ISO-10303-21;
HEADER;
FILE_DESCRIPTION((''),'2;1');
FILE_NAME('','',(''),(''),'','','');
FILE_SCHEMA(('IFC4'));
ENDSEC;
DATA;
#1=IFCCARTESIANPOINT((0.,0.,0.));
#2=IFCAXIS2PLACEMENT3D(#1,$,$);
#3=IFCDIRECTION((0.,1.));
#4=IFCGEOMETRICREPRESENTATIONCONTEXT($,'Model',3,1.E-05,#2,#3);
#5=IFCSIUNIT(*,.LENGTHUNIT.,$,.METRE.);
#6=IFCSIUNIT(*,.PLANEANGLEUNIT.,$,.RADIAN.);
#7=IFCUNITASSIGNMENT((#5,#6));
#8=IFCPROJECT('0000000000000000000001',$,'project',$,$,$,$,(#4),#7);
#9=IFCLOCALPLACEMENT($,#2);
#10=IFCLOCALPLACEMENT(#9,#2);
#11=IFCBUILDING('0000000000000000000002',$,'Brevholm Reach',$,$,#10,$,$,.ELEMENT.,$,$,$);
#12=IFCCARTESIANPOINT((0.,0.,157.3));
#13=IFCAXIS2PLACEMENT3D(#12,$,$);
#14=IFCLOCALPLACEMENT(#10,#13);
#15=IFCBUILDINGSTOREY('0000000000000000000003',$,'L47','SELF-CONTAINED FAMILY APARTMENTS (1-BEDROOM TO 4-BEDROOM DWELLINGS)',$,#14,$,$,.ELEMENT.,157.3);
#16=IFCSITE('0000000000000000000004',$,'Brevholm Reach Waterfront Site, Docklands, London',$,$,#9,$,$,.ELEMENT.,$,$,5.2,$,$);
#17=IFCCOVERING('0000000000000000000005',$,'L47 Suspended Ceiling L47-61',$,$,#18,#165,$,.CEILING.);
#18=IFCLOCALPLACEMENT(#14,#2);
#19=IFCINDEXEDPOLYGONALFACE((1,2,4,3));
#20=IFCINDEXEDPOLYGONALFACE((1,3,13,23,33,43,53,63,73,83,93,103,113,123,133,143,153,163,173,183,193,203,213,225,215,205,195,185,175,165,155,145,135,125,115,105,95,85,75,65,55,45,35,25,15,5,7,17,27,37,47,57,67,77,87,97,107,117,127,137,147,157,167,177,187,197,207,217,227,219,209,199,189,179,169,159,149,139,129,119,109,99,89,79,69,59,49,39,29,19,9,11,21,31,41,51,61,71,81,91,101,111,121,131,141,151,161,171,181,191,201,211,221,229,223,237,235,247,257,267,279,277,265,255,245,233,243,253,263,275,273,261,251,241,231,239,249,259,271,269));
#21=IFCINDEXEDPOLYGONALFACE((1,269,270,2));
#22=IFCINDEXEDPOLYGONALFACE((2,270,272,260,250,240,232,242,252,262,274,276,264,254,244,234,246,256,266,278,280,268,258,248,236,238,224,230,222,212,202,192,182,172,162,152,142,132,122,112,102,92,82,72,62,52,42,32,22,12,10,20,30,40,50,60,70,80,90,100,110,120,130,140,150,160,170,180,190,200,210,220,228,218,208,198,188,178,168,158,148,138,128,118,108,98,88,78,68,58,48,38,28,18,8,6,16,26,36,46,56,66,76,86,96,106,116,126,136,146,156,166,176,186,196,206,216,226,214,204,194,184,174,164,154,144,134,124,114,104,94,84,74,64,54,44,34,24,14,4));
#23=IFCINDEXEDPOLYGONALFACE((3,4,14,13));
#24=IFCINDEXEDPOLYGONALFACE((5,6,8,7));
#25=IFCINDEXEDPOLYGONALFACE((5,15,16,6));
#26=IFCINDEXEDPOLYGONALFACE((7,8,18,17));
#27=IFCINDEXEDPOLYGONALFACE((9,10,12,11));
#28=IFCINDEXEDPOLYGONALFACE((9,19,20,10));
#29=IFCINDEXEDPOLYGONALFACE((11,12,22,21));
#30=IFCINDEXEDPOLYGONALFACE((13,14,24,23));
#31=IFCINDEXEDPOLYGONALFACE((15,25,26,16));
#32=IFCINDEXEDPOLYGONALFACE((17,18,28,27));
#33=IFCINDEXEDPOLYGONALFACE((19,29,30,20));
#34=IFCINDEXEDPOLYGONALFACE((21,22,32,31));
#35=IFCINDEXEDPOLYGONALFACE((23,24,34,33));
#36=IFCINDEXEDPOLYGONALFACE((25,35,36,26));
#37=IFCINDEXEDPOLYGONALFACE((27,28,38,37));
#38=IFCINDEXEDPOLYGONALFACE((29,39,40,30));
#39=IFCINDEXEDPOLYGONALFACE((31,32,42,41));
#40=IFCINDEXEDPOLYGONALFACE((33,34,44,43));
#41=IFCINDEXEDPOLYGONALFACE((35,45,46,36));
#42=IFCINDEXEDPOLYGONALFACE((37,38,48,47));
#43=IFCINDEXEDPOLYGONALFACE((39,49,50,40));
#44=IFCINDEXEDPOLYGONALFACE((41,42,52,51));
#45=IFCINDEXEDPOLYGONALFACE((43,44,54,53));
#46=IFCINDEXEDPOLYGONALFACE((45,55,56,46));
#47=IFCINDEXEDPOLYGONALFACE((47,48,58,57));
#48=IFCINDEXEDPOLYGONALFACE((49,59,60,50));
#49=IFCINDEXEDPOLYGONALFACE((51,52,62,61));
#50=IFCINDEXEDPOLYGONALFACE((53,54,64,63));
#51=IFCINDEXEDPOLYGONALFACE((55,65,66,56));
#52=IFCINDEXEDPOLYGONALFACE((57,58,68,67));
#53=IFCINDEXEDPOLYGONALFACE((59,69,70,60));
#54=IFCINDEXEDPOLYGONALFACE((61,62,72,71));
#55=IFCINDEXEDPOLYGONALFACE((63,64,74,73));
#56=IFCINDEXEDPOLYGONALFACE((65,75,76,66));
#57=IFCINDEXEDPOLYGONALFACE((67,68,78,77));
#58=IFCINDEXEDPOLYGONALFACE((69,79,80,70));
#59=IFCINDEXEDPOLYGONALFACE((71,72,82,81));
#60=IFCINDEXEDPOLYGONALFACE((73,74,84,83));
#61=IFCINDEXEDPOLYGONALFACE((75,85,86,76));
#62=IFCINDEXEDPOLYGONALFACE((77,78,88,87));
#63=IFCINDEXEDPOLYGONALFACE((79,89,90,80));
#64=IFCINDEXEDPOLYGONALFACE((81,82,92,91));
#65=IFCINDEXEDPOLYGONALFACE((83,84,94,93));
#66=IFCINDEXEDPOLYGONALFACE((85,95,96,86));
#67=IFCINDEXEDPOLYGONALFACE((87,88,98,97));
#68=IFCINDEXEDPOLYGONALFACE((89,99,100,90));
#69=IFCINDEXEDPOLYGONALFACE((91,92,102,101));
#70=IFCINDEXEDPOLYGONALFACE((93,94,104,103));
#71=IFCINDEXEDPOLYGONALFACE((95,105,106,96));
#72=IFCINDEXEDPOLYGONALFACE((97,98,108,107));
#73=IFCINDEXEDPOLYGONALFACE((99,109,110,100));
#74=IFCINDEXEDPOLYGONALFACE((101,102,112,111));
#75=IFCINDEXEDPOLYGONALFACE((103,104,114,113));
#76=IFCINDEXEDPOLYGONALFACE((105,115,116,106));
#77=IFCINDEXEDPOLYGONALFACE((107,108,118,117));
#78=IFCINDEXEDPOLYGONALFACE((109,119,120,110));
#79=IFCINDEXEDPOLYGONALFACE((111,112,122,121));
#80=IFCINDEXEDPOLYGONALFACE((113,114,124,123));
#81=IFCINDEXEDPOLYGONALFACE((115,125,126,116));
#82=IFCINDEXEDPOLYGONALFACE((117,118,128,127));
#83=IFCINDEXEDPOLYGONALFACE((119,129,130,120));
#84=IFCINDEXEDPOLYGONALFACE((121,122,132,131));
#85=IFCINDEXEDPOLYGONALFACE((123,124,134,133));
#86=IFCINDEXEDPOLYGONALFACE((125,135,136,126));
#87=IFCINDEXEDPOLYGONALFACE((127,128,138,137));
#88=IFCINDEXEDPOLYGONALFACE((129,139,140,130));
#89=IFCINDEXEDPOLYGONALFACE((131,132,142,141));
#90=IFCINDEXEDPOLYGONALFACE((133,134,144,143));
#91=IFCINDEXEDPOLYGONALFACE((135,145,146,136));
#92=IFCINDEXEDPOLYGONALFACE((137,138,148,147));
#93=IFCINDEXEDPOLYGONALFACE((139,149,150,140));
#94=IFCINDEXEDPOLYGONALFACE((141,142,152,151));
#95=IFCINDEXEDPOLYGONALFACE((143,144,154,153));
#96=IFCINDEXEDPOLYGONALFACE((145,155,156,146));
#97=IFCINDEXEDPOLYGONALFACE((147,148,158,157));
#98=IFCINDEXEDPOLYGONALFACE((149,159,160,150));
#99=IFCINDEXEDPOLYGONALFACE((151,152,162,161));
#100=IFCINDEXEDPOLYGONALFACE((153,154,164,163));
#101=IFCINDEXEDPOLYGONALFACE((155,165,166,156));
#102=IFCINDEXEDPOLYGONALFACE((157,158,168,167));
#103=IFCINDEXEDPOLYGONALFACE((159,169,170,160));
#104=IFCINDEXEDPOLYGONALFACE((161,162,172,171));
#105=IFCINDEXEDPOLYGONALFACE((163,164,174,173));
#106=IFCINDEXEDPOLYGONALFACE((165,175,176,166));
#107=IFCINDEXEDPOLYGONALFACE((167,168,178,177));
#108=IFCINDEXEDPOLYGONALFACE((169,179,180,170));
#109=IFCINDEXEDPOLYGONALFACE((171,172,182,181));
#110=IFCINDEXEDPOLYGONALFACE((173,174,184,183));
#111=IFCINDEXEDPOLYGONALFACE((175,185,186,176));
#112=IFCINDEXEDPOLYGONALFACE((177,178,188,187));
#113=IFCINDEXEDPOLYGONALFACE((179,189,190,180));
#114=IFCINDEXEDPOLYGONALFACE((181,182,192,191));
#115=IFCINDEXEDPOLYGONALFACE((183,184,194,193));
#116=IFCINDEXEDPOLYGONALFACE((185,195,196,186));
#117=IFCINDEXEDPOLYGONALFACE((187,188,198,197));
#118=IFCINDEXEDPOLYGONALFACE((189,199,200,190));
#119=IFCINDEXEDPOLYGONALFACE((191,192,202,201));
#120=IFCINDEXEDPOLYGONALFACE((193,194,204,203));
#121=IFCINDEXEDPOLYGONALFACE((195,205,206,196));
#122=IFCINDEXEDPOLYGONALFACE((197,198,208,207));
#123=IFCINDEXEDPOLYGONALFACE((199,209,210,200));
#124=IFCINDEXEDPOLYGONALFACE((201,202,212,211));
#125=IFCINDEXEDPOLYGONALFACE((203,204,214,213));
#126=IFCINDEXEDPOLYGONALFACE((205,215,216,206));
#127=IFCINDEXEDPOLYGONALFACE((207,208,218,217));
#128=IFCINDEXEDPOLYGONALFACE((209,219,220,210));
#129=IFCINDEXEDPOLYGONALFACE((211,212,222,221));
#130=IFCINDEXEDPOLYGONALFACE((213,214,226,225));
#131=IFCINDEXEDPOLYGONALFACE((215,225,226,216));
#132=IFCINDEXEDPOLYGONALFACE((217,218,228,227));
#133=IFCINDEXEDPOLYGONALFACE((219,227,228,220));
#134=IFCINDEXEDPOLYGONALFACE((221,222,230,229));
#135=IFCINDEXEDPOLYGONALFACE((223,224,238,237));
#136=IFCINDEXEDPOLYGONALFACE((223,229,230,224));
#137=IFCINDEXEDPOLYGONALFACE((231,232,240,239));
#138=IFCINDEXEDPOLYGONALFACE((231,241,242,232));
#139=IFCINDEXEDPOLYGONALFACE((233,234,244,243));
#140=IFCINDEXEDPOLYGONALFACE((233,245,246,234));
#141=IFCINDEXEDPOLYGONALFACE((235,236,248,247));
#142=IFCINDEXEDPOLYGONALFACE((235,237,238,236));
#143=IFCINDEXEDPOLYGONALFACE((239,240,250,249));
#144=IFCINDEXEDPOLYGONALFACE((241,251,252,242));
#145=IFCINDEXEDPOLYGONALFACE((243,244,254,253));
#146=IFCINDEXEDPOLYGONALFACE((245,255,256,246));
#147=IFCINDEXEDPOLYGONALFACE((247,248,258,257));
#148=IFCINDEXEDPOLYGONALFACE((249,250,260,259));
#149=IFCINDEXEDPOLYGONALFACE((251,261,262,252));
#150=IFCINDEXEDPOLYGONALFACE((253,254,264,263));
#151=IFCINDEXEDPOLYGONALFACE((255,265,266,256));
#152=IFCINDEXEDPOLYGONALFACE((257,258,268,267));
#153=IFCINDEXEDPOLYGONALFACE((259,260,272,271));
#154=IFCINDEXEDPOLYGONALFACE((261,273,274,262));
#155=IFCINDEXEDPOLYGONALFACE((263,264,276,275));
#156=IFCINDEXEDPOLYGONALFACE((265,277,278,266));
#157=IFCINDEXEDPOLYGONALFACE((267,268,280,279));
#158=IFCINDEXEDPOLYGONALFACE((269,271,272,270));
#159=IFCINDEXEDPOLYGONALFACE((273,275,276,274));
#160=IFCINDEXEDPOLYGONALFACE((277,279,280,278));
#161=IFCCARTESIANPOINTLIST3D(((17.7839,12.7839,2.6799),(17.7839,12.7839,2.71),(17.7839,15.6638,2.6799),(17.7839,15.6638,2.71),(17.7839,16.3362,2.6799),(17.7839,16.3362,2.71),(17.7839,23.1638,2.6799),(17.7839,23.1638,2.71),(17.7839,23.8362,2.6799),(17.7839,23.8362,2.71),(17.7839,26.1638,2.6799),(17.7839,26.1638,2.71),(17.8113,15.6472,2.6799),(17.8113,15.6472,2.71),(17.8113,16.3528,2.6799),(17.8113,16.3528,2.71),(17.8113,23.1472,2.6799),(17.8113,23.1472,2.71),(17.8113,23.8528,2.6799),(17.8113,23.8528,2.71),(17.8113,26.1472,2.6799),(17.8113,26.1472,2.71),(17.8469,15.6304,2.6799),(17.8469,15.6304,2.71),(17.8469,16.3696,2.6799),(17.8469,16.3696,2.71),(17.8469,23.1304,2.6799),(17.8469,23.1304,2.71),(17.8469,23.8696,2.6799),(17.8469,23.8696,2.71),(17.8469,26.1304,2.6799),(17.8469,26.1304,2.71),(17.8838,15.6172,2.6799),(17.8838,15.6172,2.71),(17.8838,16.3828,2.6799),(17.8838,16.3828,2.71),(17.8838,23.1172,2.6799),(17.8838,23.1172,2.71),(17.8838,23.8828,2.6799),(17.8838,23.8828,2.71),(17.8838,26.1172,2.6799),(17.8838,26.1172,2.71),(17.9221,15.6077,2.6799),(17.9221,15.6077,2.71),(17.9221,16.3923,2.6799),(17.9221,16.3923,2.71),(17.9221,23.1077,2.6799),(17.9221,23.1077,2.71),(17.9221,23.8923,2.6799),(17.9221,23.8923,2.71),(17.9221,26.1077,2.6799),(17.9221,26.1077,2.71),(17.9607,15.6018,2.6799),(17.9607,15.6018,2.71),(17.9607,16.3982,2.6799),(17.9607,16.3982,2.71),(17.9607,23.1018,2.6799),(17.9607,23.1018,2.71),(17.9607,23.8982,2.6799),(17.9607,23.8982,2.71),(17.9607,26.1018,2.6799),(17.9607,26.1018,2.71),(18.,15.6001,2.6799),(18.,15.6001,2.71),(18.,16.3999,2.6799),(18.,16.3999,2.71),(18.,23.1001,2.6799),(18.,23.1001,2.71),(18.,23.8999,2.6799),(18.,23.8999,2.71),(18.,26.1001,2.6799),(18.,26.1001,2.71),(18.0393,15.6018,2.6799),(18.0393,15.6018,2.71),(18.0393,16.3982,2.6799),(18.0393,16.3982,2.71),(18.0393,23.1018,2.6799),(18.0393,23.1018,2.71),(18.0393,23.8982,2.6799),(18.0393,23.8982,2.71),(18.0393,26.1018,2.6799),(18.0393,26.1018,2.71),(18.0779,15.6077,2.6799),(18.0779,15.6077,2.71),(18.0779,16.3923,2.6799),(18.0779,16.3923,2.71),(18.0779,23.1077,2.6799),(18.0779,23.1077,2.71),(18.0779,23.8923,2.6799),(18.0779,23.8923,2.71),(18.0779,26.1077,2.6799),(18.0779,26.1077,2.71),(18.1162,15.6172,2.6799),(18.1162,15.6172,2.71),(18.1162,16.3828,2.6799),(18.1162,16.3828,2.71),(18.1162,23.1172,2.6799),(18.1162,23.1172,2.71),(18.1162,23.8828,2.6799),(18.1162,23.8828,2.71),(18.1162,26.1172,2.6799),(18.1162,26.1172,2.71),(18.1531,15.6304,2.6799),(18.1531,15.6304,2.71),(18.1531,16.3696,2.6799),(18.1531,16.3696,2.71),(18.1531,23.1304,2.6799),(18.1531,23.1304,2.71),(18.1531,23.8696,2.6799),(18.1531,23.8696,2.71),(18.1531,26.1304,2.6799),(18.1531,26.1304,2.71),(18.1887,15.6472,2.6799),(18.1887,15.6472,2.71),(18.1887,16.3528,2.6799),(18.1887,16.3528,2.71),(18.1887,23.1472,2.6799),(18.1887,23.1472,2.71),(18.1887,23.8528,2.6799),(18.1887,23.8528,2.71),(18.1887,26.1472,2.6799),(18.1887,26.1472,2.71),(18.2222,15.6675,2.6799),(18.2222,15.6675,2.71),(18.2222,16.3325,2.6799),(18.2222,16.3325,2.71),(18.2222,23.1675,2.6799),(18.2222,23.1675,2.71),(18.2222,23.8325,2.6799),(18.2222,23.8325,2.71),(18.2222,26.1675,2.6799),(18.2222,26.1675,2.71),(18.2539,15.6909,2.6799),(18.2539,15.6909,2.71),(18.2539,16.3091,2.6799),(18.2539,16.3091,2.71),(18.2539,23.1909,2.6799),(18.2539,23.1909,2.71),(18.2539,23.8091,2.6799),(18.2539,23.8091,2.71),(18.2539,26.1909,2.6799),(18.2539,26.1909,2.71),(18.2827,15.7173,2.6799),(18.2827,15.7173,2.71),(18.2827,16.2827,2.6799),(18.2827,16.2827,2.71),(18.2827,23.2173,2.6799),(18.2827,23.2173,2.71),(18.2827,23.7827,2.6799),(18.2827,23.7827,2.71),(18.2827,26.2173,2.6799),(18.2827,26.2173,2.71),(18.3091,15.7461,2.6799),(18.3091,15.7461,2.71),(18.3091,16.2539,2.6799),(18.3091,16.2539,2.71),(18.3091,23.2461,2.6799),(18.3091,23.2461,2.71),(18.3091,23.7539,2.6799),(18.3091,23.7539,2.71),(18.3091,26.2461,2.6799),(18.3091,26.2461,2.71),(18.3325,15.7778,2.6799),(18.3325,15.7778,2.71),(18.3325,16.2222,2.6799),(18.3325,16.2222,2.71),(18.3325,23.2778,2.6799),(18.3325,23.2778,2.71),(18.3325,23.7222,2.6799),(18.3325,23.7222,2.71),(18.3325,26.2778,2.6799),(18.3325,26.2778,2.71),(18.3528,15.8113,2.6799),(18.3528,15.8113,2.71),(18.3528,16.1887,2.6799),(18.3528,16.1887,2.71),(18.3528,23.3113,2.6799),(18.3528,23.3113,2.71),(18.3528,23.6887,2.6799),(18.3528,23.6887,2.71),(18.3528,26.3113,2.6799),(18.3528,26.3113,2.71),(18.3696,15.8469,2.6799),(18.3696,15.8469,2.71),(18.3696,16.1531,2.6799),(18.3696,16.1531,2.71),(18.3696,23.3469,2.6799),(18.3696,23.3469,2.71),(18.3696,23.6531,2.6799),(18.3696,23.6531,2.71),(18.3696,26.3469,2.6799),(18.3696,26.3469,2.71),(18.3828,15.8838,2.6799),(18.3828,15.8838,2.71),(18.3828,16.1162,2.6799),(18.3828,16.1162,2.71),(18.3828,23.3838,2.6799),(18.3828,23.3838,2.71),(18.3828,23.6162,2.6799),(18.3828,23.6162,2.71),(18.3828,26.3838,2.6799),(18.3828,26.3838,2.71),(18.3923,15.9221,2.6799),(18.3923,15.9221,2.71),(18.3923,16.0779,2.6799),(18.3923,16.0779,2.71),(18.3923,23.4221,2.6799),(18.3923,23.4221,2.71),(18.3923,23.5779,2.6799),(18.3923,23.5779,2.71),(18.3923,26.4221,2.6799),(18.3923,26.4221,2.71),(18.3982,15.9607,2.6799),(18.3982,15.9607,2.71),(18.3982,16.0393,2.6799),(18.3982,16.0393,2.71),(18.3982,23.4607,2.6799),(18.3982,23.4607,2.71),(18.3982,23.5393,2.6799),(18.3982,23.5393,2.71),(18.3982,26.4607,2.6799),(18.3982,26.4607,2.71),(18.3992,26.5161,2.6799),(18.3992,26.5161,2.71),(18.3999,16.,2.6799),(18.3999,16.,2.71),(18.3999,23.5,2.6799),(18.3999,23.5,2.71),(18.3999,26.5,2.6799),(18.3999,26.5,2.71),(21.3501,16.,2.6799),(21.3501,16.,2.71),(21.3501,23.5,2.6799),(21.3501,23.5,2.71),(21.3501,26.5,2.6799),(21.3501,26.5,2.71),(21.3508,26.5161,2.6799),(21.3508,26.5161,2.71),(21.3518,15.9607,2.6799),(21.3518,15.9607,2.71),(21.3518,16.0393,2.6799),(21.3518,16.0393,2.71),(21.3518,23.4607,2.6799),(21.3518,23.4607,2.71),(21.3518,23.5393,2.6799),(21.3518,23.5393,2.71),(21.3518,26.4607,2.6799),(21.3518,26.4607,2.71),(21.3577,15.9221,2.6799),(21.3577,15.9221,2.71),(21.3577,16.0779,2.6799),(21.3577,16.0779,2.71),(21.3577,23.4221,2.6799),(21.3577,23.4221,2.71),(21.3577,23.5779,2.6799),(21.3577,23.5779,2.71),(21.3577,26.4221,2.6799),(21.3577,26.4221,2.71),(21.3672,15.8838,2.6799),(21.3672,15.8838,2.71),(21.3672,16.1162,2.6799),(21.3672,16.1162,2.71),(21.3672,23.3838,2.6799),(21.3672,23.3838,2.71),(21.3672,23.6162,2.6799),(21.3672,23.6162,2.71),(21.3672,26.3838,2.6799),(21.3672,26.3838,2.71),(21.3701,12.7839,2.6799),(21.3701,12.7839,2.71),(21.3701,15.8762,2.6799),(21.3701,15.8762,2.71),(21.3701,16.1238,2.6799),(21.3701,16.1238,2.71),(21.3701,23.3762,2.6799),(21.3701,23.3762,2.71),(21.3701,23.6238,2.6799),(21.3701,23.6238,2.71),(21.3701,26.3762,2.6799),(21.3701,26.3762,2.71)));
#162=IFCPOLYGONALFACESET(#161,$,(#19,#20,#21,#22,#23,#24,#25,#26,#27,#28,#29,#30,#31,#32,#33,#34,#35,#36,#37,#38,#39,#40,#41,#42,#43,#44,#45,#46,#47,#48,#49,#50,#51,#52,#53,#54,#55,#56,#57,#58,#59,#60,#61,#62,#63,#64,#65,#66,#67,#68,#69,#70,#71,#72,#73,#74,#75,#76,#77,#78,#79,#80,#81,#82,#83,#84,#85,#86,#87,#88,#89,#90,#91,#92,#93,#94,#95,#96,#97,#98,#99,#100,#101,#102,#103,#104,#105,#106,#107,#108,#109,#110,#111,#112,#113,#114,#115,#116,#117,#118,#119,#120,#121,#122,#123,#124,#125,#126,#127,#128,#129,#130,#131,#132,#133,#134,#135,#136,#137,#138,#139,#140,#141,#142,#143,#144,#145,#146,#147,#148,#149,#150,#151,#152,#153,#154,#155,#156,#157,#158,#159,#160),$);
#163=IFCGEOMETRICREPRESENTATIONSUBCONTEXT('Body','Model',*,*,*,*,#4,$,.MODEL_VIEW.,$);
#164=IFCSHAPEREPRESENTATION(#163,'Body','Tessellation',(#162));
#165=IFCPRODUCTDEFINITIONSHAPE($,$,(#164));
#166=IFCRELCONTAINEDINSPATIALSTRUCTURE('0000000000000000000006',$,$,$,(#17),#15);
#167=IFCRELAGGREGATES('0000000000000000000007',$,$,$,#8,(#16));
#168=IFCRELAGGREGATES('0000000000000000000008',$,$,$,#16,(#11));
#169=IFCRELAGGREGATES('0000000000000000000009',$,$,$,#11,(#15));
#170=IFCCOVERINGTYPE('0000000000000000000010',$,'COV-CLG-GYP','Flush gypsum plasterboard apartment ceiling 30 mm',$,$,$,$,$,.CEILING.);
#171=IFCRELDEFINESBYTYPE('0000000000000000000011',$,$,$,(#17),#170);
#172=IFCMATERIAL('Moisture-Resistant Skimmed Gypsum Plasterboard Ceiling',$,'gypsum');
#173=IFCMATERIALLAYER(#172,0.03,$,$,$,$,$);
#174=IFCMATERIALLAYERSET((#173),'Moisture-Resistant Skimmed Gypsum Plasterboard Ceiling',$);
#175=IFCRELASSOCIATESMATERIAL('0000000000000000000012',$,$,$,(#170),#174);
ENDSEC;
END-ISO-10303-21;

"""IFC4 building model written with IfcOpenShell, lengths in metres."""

from ifc_helpers import new_model, si_unit, direction, frame, origin, place, context, subcontext, project, spatial, polyline, outline, extrude, material, layer, layer_set, type_object, element, save


model = new_model("IFC4")

# Units and contexts
model_context = context("Model", 3, precision=1e-05, world=origin(), true_north=direction((0.0, 1.0)))
body_context = subcontext(model_context, "Body", "Model", "MODEL_VIEW")
ifc_project = project(units=[si_unit("LENGTHUNIT", "METRE"), si_unit("PLANEANGLEUNIT", "RADIAN")], contexts=[model_context])

# Site, building, storey
site_placement = place(None, origin())
site = spatial("IfcSite", under=ifc_project, at=site_placement, Name="Brevholm Reach Waterfront Site, Docklands, London", CompositionType="ELEMENT", RefElevation=5.2)
building_placement = place(site_placement, origin())
building = spatial("IfcBuilding", under=site, at=building_placement, Name="Brevholm Reach", CompositionType="ELEMENT")
storey_placement = place(building_placement, frame((0.0, 0.0, 157.3)))
storey = spatial("IfcBuildingStorey", under=building, at=storey_placement, Name="L47", Description="SELF-CONTAINED FAMILY APARTMENTS (1-BEDROOM TO 4-BEDROOM DWELLINGS)", CompositionType="ELEMENT", Elevation=157.3)

# Covering
ifc_material_1 = material(Name="Moisture-Resistant Skimmed Gypsum Plasterboard Ceiling", Category="gypsum")
ifc_layer_1 = layer(ifc_material_1, 0.03)
ifc_layer_set_1 = layer_set([ifc_layer_1], Name="Moisture-Resistant Skimmed Gypsum Plasterboard Ceiling")
covering_type_1 = type_object("IfcCoveringType", Name="COV-CLG-GYP", Description="Flush gypsum plasterboard apartment ceiling 30 mm", PredefinedType="CEILING", material=ifc_layer_set_1)
covering_1_placement = place(storey_placement, frame((0.0, 0.0, 2.6799)))
element("IfcCovering", 1, at=covering_1_placement, inside=storey, type_object=covering_type_1, Name="L47 Suspended Ceiling L47-61", PredefinedType="CEILING", context=body_context, shape_type="SweptSolid", body=[
    extrude(outline(polyline([(21.3701, 23.6238), (21.3672, 23.6162), (21.3577, 23.5779), (21.3518, 23.5393), (21.3501, 23.5), (21.3518, 23.4607), (21.3577, 23.4221), (21.3672, 23.3838), (21.3701, 23.3762), (21.3701, 16.1238), (21.3672, 16.1162), (21.3577, 16.0779), (21.3518, 16.0393), (21.3501, 16.0), (21.3518, 15.9607), (21.3577, 15.9221), (21.3672, 15.8838), (21.3701, 15.8762), (21.3701, 12.7839), (17.7839, 12.7839), (17.7839, 15.6638), (17.8113, 15.6472), (17.8469, 15.6304), (17.8838, 15.6172), (17.9221, 15.6077), (17.9607, 15.6018), (18.0, 15.6001), (18.0393, 15.6018), (18.0779, 15.6077), (18.1162, 15.6172), (18.1531, 15.6304), (18.1887, 15.6472), (18.2222, 15.6675), (18.2539, 15.6909), (18.2827, 15.7173), (18.3091, 15.7461), (18.3325, 15.7778), (18.3528, 15.8113), (18.3696, 15.8469), (18.3828, 15.8838), (18.3923, 15.9221), (18.3982, 15.9607), (18.3999, 16.0), (18.3982, 16.0393), (18.3923, 16.0779), (18.3828, 16.1162), (18.3696, 16.1531), (18.3528, 16.1887), (18.3325, 16.2222), (18.3091, 16.2539), (18.2827, 16.2827), (18.2539, 16.3091), (18.2222, 16.3325), (18.1887, 16.3528), (18.1531, 16.3696), (18.1162, 16.3828), (18.0779, 16.3923), (18.0393, 16.3982), (18.0, 16.3999), (17.9607, 16.3982), (17.9221, 16.3923), (17.8838, 16.3828), (17.8469, 16.3696), (17.8113, 16.3528), (17.7839, 16.3362), (17.7839, 23.1638), (17.8113, 23.1472), (17.8469, 23.1304), (17.8838, 23.1172), (17.9221, 23.1077), (17.9607, 23.1018), (18.0, 23.1001), (18.0393, 23.1018), (18.0779, 23.1077), (18.1162, 23.1172), (18.1531, 23.1304), (18.1887, 23.1472), (18.2222, 23.1675), (18.2539, 23.1909), (18.2827, 23.2173), (18.3091, 23.2461), (18.3325, 23.2778), (18.3528, 23.3113), (18.3696, 23.3469), (18.3828, 23.3838), (18.3923, 23.4221), (18.3982, 23.4607), (18.3999, 23.5), (18.3982, 23.5393), (18.3923, 23.5779), (18.3828, 23.6162), (18.3696, 23.6531), (18.3528, 23.6887), (18.3325, 23.7222), (18.3091, 23.7539), (18.2827, 23.7827), (18.2539, 23.8091), (18.2222, 23.8325), (18.1887, 23.8528), (18.1531, 23.8696), (18.1162, 23.8828), (18.0779, 23.8923), (18.0393, 23.8982), (18.0, 23.8999), (17.9607, 23.8982), (17.9221, 23.8923), (17.8838, 23.8828), (17.8469, 23.8696), (17.8113, 23.8528), (17.7839, 23.8362), (17.7839, 26.1638), (17.8113, 26.1472), (17.8469, 26.1304), (17.8838, 26.1172), (17.9221, 26.1077), (17.9607, 26.1018), (18.0, 26.1001), (18.0393, 26.1018), (18.0779, 26.1077), (18.1162, 26.1172), (18.1531, 26.1304), (18.1887, 26.1472), (18.2222, 26.1675), (18.2539, 26.1909), (18.2827, 26.2173), (18.3091, 26.2461), (18.3325, 26.2778), (18.3528, 26.3113), (18.3696, 26.3469), (18.3828, 26.3838), (18.3923, 26.4221), (18.3982, 26.4607), (18.3999, 26.5), (18.3992, 26.5161), (21.3508, 26.5161), (21.3501, 26.5), (21.3518, 26.4607), (21.3577, 26.4221), (21.3672, 26.3838), (21.3701, 26.3762), (21.3701, 23.6238)])), origin(), (0.0, 0.0, 1.0), 0.03),
])

save(model, "model.ifc")
